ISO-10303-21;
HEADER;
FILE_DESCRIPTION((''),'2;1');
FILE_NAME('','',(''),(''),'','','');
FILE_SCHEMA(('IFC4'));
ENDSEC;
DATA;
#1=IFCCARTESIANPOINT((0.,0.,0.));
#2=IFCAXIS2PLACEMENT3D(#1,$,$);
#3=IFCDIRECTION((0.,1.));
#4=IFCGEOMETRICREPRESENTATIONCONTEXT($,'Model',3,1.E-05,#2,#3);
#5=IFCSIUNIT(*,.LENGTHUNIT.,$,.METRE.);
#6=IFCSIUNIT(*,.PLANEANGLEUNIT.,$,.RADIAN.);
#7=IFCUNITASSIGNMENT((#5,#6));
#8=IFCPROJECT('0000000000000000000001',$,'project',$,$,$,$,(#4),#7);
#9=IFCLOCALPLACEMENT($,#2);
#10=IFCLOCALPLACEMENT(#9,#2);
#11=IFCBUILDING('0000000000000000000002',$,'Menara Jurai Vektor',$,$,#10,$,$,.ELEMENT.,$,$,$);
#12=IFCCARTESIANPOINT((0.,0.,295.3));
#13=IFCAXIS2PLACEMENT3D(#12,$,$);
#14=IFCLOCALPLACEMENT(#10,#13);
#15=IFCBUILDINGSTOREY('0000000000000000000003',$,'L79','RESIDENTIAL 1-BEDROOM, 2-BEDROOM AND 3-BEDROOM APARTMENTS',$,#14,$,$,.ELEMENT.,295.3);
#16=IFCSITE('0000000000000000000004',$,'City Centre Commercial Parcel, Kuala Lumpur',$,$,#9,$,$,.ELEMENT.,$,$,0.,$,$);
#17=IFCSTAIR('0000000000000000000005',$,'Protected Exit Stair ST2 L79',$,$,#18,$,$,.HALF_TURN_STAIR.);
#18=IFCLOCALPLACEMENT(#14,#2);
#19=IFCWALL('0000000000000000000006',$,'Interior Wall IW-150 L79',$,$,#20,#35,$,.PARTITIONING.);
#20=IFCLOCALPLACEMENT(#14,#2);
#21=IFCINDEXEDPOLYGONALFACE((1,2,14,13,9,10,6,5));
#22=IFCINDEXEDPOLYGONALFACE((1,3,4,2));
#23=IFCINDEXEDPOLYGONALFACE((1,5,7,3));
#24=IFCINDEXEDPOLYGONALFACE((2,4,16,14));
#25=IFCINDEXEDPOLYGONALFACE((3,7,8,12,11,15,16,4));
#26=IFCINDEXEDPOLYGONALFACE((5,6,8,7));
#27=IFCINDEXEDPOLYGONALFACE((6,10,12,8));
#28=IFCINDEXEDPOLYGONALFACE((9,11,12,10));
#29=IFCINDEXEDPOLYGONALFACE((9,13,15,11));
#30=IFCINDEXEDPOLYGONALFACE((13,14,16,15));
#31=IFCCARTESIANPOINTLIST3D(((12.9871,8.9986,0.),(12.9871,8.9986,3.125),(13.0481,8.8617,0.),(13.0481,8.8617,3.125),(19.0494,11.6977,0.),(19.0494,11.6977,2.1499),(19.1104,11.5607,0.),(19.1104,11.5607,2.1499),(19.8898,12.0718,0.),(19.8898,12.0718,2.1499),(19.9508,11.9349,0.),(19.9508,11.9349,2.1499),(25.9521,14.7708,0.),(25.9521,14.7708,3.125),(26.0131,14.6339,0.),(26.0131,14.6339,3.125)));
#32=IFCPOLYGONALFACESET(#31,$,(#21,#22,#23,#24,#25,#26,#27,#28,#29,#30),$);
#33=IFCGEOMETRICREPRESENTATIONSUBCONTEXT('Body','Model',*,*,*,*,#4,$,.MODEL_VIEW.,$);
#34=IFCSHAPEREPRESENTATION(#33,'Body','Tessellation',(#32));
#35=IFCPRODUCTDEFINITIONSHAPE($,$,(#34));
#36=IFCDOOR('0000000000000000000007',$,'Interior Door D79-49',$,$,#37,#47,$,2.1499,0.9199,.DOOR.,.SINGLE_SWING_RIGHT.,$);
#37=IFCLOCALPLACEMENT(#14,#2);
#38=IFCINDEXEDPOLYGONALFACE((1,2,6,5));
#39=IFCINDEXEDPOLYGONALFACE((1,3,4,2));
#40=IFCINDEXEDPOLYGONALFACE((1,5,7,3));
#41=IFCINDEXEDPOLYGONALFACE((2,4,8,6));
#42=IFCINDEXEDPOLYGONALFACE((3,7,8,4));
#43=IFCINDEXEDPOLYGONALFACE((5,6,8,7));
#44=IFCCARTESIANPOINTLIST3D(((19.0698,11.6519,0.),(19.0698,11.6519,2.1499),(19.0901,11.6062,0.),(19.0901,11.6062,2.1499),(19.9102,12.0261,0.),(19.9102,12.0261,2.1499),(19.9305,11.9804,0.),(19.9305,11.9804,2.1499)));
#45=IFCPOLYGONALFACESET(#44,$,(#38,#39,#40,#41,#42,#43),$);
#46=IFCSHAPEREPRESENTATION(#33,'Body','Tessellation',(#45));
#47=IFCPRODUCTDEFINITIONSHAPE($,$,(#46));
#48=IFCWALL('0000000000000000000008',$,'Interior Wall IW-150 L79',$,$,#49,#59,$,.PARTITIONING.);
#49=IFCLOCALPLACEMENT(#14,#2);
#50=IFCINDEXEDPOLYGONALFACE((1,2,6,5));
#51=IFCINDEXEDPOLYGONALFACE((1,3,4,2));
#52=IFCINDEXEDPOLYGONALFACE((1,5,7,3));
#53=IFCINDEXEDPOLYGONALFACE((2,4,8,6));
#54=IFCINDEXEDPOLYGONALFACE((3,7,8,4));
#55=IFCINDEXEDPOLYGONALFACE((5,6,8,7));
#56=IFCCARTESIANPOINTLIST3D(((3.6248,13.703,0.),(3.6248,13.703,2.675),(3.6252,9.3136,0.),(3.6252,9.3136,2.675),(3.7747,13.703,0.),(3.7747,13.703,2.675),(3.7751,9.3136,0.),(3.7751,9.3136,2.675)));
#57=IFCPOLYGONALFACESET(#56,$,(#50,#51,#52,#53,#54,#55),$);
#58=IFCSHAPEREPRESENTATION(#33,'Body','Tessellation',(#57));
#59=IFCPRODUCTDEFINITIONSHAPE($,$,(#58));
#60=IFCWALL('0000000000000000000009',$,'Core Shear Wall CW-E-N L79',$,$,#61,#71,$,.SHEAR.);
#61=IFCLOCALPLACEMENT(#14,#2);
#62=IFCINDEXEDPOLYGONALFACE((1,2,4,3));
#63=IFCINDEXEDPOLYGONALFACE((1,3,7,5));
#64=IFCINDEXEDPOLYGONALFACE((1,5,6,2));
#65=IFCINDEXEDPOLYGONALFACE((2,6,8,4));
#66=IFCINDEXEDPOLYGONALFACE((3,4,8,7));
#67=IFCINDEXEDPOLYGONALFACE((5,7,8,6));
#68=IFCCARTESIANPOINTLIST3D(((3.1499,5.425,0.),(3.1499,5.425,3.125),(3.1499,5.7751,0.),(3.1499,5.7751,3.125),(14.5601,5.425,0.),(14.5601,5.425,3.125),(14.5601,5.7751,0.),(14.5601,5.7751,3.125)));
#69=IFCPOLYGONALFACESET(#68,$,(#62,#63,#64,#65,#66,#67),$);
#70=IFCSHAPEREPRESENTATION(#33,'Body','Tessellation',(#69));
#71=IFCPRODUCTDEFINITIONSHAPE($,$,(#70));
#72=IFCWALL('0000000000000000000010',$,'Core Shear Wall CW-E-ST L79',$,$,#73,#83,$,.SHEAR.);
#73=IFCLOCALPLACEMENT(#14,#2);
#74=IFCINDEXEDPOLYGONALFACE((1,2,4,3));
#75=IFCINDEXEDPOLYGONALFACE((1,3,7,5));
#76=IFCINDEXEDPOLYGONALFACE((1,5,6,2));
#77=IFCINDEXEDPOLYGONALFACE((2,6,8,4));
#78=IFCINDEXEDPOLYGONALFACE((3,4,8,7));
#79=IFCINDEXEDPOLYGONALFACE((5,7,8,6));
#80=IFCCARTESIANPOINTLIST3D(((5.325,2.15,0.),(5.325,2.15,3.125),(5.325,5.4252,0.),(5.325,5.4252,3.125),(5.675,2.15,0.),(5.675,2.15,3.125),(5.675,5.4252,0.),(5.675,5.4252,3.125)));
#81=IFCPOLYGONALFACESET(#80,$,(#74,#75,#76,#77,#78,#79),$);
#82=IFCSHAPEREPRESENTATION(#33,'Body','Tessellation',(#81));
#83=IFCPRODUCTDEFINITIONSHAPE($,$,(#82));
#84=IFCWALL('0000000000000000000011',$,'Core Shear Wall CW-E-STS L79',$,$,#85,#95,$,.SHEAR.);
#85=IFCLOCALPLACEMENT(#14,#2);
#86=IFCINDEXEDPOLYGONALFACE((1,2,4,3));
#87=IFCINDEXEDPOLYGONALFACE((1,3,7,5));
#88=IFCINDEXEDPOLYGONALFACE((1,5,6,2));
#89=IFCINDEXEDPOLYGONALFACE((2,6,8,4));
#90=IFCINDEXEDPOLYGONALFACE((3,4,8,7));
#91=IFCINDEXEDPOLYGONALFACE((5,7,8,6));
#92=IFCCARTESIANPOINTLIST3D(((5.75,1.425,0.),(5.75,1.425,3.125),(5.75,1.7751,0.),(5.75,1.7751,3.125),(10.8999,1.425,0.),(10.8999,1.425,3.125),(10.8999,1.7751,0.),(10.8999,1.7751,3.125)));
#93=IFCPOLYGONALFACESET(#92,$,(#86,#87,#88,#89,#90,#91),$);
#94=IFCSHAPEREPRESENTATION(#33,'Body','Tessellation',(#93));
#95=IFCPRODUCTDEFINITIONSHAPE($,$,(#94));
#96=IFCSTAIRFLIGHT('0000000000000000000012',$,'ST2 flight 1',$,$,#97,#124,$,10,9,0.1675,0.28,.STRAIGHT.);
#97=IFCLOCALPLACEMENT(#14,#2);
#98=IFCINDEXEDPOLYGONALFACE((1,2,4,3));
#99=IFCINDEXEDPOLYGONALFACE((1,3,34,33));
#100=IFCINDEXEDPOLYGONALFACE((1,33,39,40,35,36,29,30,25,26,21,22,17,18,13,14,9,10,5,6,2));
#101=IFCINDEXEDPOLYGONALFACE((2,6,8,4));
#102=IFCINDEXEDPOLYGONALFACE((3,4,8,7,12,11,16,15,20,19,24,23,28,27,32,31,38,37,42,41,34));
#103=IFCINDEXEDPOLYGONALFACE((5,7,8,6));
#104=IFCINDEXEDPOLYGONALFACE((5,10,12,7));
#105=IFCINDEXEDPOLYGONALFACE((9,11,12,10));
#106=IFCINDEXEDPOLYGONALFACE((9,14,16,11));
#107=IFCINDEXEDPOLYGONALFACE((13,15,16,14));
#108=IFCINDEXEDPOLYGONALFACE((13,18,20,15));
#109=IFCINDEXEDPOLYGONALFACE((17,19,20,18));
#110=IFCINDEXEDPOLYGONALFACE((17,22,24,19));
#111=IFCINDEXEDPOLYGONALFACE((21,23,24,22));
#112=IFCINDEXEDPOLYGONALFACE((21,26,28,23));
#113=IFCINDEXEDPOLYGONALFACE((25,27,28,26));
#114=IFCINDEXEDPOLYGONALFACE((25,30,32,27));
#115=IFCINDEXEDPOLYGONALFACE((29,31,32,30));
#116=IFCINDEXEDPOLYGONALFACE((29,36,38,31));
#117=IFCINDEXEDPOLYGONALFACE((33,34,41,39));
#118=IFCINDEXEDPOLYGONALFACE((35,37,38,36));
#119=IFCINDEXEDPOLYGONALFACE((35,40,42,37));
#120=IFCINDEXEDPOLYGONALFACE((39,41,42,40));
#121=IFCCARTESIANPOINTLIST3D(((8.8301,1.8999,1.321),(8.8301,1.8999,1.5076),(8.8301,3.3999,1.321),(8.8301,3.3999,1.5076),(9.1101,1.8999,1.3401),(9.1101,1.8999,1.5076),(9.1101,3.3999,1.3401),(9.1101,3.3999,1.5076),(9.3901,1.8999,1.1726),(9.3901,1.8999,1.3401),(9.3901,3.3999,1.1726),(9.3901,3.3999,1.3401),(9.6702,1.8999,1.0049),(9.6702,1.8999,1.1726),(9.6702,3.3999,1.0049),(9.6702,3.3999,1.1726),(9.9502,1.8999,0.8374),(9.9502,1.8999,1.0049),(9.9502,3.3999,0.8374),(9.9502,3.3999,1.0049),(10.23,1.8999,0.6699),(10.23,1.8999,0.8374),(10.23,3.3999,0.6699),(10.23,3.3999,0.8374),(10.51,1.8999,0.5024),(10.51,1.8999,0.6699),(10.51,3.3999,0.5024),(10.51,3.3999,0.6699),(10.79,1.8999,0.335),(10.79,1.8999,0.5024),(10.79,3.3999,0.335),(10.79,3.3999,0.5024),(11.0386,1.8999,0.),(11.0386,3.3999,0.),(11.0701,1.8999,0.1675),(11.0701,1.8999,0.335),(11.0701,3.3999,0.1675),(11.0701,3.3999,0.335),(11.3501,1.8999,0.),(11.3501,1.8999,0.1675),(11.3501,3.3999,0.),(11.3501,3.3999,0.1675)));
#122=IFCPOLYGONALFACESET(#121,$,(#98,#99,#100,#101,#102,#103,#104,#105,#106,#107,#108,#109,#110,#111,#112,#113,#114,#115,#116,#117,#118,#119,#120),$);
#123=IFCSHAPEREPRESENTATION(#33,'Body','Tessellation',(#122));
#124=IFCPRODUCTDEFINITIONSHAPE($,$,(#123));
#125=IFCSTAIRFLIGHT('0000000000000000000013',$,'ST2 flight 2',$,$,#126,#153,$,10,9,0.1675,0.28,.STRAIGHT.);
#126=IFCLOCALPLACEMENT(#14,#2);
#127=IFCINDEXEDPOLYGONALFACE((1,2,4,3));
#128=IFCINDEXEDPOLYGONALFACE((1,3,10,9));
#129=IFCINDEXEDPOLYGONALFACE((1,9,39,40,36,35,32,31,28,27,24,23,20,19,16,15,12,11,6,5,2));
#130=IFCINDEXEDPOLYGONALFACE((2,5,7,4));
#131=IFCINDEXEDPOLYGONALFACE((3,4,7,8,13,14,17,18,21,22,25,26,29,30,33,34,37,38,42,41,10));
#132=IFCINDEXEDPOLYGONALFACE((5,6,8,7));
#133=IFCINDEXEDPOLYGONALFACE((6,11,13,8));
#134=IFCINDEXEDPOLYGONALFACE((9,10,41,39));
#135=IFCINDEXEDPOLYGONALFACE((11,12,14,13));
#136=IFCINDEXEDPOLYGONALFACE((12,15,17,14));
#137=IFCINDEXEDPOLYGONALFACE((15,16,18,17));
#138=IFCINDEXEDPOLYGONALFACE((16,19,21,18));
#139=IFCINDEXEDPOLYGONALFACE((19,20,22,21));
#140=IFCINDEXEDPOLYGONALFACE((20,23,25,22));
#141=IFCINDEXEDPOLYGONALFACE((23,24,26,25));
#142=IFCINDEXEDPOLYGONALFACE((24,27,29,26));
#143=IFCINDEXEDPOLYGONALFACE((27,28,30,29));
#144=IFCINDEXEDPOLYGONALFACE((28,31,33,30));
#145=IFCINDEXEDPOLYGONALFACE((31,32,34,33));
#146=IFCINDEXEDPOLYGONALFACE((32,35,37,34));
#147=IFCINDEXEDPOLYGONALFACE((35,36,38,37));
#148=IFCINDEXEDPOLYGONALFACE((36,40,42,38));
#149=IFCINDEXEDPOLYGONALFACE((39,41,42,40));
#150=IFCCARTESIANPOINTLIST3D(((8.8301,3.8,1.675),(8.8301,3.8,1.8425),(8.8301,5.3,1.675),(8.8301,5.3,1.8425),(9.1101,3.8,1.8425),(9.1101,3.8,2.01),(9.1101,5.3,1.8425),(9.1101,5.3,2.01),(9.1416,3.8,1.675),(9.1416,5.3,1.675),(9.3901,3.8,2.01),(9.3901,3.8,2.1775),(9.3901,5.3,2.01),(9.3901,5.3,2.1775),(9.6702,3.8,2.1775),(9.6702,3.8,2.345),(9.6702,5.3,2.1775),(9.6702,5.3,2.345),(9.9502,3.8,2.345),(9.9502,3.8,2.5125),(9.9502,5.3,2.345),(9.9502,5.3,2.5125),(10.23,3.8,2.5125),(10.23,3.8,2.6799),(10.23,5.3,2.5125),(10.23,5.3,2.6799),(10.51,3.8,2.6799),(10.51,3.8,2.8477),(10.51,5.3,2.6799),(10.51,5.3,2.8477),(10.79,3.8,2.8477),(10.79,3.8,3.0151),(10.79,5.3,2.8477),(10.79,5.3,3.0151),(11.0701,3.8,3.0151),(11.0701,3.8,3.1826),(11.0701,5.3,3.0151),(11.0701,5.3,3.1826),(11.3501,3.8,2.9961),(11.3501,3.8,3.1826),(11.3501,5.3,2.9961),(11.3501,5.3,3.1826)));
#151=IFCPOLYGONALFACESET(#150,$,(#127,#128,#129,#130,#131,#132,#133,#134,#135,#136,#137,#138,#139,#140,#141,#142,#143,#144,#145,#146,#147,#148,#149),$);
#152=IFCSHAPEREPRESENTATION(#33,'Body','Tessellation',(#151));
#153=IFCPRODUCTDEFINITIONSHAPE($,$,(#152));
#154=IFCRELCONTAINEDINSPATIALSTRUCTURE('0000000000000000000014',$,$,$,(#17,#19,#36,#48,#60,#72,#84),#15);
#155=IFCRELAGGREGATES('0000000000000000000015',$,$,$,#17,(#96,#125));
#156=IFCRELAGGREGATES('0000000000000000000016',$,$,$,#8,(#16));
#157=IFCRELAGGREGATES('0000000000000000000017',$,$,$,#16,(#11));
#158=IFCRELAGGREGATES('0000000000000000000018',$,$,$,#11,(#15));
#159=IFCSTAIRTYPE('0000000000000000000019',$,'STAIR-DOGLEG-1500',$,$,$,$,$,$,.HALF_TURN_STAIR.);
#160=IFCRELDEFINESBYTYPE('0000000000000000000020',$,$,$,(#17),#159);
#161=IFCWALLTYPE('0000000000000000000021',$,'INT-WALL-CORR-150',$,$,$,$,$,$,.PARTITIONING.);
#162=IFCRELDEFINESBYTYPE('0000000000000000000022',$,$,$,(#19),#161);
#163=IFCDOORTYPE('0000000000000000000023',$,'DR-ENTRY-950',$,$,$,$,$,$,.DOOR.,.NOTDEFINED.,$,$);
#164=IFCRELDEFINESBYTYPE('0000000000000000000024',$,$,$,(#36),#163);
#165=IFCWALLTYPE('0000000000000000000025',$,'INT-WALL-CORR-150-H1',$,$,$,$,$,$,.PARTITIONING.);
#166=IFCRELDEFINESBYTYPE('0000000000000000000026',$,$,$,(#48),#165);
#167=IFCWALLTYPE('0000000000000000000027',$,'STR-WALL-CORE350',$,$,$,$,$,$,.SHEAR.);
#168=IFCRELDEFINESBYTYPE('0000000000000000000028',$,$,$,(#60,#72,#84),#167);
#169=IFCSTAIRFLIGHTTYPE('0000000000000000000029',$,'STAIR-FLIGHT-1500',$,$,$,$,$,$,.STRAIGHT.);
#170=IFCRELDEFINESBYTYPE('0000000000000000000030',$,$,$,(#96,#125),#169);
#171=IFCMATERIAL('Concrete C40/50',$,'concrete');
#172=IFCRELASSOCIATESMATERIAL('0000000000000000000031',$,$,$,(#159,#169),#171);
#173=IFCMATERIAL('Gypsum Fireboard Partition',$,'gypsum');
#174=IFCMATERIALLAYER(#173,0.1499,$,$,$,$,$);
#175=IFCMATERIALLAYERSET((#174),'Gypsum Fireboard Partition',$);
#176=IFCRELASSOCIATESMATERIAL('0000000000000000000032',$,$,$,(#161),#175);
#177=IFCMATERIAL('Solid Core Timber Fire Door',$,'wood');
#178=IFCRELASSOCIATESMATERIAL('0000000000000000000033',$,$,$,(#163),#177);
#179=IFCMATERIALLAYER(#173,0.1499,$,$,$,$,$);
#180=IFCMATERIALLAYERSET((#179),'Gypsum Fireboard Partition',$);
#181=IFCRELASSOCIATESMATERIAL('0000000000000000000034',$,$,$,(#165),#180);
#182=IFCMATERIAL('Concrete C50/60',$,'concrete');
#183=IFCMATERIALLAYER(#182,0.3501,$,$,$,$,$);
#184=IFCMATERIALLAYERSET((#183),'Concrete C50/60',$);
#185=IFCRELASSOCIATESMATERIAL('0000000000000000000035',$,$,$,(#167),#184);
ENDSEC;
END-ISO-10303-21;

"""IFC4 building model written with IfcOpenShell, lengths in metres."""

from ifc_helpers import new_model, si_unit, direction, frame, frame_2d, origin, place, context, subcontext, project, spatial, polyline, rectangle, outline, extrude, material, layer, layer_set, type_object, element, fill, aggregate, save


model = new_model("IFC4")

# Units and contexts
model_context = context("Model", 3, precision=1e-05, world=origin(), true_north=direction((0.0, 1.0)))
body_context = subcontext(model_context, "Body", "Model", "MODEL_VIEW")
ifc_project = project(units=[si_unit("LENGTHUNIT", "METRE"), si_unit("PLANEANGLEUNIT", "RADIAN")], contexts=[model_context])

# Site, building, storey
site_placement = place(None, origin())
site = spatial("IfcSite", under=ifc_project, at=site_placement, Name="City Centre Commercial Parcel, Kuala Lumpur", CompositionType="ELEMENT", RefElevation=0.0)
building_placement = place(site_placement, origin())
building = spatial("IfcBuilding", under=site, at=building_placement, Name="Menara Jurai Vektor", CompositionType="ELEMENT")
storey_placement = place(building_placement, frame((0.0, 0.0, 295.3)))
storey = spatial("IfcBuildingStorey", under=building, at=storey_placement, Name="L79", Description="RESIDENTIAL 1-BEDROOM, 2-BEDROOM AND 3-BEDROOM APARTMENTS", CompositionType="ELEMENT", Elevation=295.3)

# Shared definitions
ifc_material_1 = material(Name="Concrete C50/60", Category="concrete")

# Stair
ifc_material_2 = material(Name="Concrete C40/50", Category="concrete")
stair_type = type_object("IfcStairType", Name="STAIR-DOGLEG-1500", PredefinedType="HALF_TURN_STAIR", material=ifc_material_2)
stair_1_placement = place(storey_placement, origin())
stair_1 = element("IfcStair", 1, at=stair_1_placement, inside=storey, type_object=stair_type, Name="Protected Exit Stair ST2 L79", PredefinedType="HALF_TURN_STAIR")

# Shared definitions
ifc_material_3 = material(Name="Gypsum Fireboard Partition", Category="gypsum")
ifc_layer_1 = layer(ifc_material_3, 0.1499)
ifc_layer_set_1 = layer_set([ifc_layer_1], Name="Gypsum Fireboard Partition")
wall_type_1 = type_object("IfcWallType", Name="INT-WALL-CORR-150", PredefinedType="PARTITIONING", material=ifc_layer_set_1)

# Shared definitions
ifc_material_4 = material(Name="Solid Core Timber Fire Door", Category="wood")
door_type_1 = type_object("IfcDoorType", Name="DR-ENTRY-950", OperationType="NOTDEFINED", PredefinedType="DOOR", material=ifc_material_4)

# Wall, opening, door
wall_1_placement = place(storey_placement, frame((13.0176, 8.9302, 0.0), z_axis=(0.0, 0.0, 1.0), x_axis=(0.913551, 0.406724, 0.0)))
wall_1 = element("IfcWall", 2, at=wall_1_placement, inside=storey, type_object=wall_type_1, Name="Interior Wall IW-150 L79", PredefinedType="PARTITIONING", context=body_context, shape_type="SweptSolid", body=[
    extrude(rectangle(XDim=14.1919, YDim=0.1499, at=frame_2d((7.0959, 0.0))), origin(), (0.0, 0.0, 1.0), 3.125),
])
opening_1_placement = place(wall_1_placement, frame((6.636, 0.0, 0.0)))
opening_1 = element("IfcOpeningElement", 3, at=opening_1_placement, cuts=wall_1, PredefinedType="OPENING", context=body_context, shape_type="SweptSolid", body=[
    extrude(rectangle(XDim=0.9199, YDim=2.1499, at=frame_2d((0.46, 1.075))), frame((0.0, 0.085, 0.0), z_axis=(0.0, -1.0, 0.0), x_axis=(1.0, 0.0, 0.0)), (0.0, 0.0, 1.0), 0.1699),
])
door_1_placement = place(opening_1_placement, origin())
door_1 = element("IfcDoor", 4, at=door_1_placement, inside=storey, type_object=door_type_1, Name="Interior Door D79-49", OperationType="SINGLE_SWING_RIGHT", OverallHeight=2.1499, OverallWidth=0.9199, PredefinedType="DOOR", context=body_context, shape_type="SweptSolid", body=[
    extrude(rectangle(XDim=0.9199, YDim=2.1499, at=frame_2d((0.46, 1.075))), frame((0.0, 0.0249, 0.0), z_axis=(0.0, -1.0, 0.0), x_axis=(1.0, 0.0, 0.0)), (0.0, 0.0, 1.0), 0.05),
])
fill(opening_1, door_1)

# Walls
ifc_layer_2 = layer(ifc_material_3, 0.1499)
ifc_layer_set_2 = layer_set([ifc_layer_2], Name="Gypsum Fireboard Partition")
wall_type_2 = type_object("IfcWallType", Name="INT-WALL-CORR-150-H1", PredefinedType="PARTITIONING", material=ifc_layer_set_2)
wall_2_placement = place(storey_placement, frame((3.7002, 9.3135, 0.0), z_axis=(0.0, 0.0, 1.0), x_axis=(-0.000111, 1.0, 0.0)))
element("IfcWall", 5, at=wall_2_placement, inside=storey, type_object=wall_type_2, Name="Interior Wall IW-150 L79", PredefinedType="PARTITIONING", context=body_context, shape_type="SweptSolid", body=[
    extrude(rectangle(XDim=4.3894, YDim=0.1499, at=frame_2d((2.1948, 0.0))), origin(), (0.0, 0.0, 1.0), 2.675),
])
ifc_layer_3 = layer(ifc_material_1, 0.3501)
ifc_layer_set_3 = layer_set([ifc_layer_3], Name="Concrete C50/60")
wall_type_3 = type_object("IfcWallType", Name="STR-WALL-CORE350", PredefinedType="SHEAR", material=ifc_layer_set_3)
wall_3_placement = place(storey_placement, frame((3.1499, 5.6001, 0.0), z_axis=(0.0, 0.0, 1.0), x_axis=(1.0, 0.0, 0.0)))
element("IfcWall", 6, at=wall_3_placement, inside=storey, type_object=wall_type_3, Name="Core Shear Wall CW-E-N L79", PredefinedType="SHEAR", context=body_context, shape_type="SweptSolid", body=[
    extrude(rectangle(XDim=11.4102, YDim=0.3501, at=frame_2d((5.7051, 0.0))), origin(), (0.0, 0.0, 1.0), 3.125),
])
wall_4_placement = place(storey_placement, frame((5.5, 2.1499, 0.0), z_axis=(0.0, 0.0, 1.0), x_axis=(0.0, 1.0, 0.0)))
element("IfcWall", 7, at=wall_4_placement, inside=storey, type_object=wall_type_3, Name="Core Shear Wall CW-E-ST L79", PredefinedType="SHEAR", context=body_context, shape_type="SweptSolid", body=[
    extrude(rectangle(XDim=3.2751, YDim=0.3501, at=frame_2d((1.6377, 0.0))), origin(), (0.0, 0.0, 1.0), 3.125),
])
wall_5_placement = place(storey_placement, frame((5.75, 1.6001, 0.0), z_axis=(0.0, 0.0, 1.0), x_axis=(1.0, 0.0, 0.0)))
element("IfcWall", 8, at=wall_5_placement, inside=storey, type_object=wall_type_3, Name="Core Shear Wall CW-E-STS L79", PredefinedType="SHEAR", context=body_context, shape_type="SweptSolid", body=[
    extrude(rectangle(XDim=5.1499, YDim=0.3501, at=frame_2d((2.575, 0.0))), origin(), (0.0, 0.0, 1.0), 3.125),
])

# Stair flights
stair_flight_type = type_object("IfcStairFlightType", Name="STAIR-FLIGHT-1500", PredefinedType="STRAIGHT", material=ifc_material_2)
stair_flight_1_placement = place(storey_placement, frame((11.3501, 2.6499, 0.0), z_axis=(0.0, 0.0, 1.0), x_axis=(-1.0, 0.0, 0.0)))
stair_flight_1 = element("IfcStairFlight", 9, at=stair_flight_1_placement, type_object=stair_flight_type, Name="ST2 flight 1", NumberOfRisers=10, NumberOfTreads=9, PredefinedType="STRAIGHT", RiserHeight=0.1675, TreadLength=0.28, context=body_context, shape_type="SweptSolid", body=[
    extrude(outline(polyline([(0.0, 0.0), (0.0, 0.1675), (0.28, 0.1675), (0.28, 0.335), (0.5601, 0.335), (0.5601, 0.5024), (0.8401, 0.5024), (0.8401, 0.6699), (1.1201, 0.6699), (1.1201, 0.8374), (1.3999, 0.8374), (1.3999, 1.0049), (1.6799, 1.0049), (1.6799, 1.1726), (1.96, 1.1726), (1.96, 1.3401), (2.24, 1.3401), (2.24, 1.5076), (2.52, 1.5076), (2.52, 1.675), (2.52, 1.321), (0.3115, 0.0), (0.0, 0.0)])), frame((0.0, 0.75, 0.0), z_axis=(0.0, -1.0, 0.0), x_axis=(1.0, 0.0, 0.0)), (0.0, 0.0, 1.0), 1.5),
])
stair_flight_2_placement = place(storey_placement, frame((8.8301, 4.55, 1.675), z_axis=(0.0, 0.0, 1.0), x_axis=(1.0, 0.0, 0.0)))
stair_flight_2 = element("IfcStairFlight", 10, at=stair_flight_2_placement, type_object=stair_flight_type, Name="ST2 flight 2", NumberOfRisers=10, NumberOfTreads=9, PredefinedType="STRAIGHT", RiserHeight=0.1675, TreadLength=0.28, context=body_context, shape_type="SweptSolid", body=[
    extrude(outline(polyline([(0.0, 0.0), (0.0, 0.1675), (0.28, 0.1675), (0.28, 0.335), (0.5601, 0.335), (0.5601, 0.5024), (0.8401, 0.5024), (0.8401, 0.6699), (1.1201, 0.6699), (1.1201, 0.8374), (1.3999, 0.8374), (1.3999, 1.0049), (1.6799, 1.0049), (1.6799, 1.1726), (1.96, 1.1726), (1.96, 1.3401), (2.24, 1.3401), (2.24, 1.5076), (2.52, 1.5076), (2.52, 1.675), (2.52, 1.321), (0.3115, 0.0), (0.0, 0.0)])), frame((0.0, 0.75, 0.0), z_axis=(0.0, -1.0, 0.0), x_axis=(1.0, 0.0, 0.0)), (0.0, 0.0, 1.0), 1.5),
])
aggregate(stair_1, [stair_flight_1, stair_flight_2])

save(model, "model.ifc")
